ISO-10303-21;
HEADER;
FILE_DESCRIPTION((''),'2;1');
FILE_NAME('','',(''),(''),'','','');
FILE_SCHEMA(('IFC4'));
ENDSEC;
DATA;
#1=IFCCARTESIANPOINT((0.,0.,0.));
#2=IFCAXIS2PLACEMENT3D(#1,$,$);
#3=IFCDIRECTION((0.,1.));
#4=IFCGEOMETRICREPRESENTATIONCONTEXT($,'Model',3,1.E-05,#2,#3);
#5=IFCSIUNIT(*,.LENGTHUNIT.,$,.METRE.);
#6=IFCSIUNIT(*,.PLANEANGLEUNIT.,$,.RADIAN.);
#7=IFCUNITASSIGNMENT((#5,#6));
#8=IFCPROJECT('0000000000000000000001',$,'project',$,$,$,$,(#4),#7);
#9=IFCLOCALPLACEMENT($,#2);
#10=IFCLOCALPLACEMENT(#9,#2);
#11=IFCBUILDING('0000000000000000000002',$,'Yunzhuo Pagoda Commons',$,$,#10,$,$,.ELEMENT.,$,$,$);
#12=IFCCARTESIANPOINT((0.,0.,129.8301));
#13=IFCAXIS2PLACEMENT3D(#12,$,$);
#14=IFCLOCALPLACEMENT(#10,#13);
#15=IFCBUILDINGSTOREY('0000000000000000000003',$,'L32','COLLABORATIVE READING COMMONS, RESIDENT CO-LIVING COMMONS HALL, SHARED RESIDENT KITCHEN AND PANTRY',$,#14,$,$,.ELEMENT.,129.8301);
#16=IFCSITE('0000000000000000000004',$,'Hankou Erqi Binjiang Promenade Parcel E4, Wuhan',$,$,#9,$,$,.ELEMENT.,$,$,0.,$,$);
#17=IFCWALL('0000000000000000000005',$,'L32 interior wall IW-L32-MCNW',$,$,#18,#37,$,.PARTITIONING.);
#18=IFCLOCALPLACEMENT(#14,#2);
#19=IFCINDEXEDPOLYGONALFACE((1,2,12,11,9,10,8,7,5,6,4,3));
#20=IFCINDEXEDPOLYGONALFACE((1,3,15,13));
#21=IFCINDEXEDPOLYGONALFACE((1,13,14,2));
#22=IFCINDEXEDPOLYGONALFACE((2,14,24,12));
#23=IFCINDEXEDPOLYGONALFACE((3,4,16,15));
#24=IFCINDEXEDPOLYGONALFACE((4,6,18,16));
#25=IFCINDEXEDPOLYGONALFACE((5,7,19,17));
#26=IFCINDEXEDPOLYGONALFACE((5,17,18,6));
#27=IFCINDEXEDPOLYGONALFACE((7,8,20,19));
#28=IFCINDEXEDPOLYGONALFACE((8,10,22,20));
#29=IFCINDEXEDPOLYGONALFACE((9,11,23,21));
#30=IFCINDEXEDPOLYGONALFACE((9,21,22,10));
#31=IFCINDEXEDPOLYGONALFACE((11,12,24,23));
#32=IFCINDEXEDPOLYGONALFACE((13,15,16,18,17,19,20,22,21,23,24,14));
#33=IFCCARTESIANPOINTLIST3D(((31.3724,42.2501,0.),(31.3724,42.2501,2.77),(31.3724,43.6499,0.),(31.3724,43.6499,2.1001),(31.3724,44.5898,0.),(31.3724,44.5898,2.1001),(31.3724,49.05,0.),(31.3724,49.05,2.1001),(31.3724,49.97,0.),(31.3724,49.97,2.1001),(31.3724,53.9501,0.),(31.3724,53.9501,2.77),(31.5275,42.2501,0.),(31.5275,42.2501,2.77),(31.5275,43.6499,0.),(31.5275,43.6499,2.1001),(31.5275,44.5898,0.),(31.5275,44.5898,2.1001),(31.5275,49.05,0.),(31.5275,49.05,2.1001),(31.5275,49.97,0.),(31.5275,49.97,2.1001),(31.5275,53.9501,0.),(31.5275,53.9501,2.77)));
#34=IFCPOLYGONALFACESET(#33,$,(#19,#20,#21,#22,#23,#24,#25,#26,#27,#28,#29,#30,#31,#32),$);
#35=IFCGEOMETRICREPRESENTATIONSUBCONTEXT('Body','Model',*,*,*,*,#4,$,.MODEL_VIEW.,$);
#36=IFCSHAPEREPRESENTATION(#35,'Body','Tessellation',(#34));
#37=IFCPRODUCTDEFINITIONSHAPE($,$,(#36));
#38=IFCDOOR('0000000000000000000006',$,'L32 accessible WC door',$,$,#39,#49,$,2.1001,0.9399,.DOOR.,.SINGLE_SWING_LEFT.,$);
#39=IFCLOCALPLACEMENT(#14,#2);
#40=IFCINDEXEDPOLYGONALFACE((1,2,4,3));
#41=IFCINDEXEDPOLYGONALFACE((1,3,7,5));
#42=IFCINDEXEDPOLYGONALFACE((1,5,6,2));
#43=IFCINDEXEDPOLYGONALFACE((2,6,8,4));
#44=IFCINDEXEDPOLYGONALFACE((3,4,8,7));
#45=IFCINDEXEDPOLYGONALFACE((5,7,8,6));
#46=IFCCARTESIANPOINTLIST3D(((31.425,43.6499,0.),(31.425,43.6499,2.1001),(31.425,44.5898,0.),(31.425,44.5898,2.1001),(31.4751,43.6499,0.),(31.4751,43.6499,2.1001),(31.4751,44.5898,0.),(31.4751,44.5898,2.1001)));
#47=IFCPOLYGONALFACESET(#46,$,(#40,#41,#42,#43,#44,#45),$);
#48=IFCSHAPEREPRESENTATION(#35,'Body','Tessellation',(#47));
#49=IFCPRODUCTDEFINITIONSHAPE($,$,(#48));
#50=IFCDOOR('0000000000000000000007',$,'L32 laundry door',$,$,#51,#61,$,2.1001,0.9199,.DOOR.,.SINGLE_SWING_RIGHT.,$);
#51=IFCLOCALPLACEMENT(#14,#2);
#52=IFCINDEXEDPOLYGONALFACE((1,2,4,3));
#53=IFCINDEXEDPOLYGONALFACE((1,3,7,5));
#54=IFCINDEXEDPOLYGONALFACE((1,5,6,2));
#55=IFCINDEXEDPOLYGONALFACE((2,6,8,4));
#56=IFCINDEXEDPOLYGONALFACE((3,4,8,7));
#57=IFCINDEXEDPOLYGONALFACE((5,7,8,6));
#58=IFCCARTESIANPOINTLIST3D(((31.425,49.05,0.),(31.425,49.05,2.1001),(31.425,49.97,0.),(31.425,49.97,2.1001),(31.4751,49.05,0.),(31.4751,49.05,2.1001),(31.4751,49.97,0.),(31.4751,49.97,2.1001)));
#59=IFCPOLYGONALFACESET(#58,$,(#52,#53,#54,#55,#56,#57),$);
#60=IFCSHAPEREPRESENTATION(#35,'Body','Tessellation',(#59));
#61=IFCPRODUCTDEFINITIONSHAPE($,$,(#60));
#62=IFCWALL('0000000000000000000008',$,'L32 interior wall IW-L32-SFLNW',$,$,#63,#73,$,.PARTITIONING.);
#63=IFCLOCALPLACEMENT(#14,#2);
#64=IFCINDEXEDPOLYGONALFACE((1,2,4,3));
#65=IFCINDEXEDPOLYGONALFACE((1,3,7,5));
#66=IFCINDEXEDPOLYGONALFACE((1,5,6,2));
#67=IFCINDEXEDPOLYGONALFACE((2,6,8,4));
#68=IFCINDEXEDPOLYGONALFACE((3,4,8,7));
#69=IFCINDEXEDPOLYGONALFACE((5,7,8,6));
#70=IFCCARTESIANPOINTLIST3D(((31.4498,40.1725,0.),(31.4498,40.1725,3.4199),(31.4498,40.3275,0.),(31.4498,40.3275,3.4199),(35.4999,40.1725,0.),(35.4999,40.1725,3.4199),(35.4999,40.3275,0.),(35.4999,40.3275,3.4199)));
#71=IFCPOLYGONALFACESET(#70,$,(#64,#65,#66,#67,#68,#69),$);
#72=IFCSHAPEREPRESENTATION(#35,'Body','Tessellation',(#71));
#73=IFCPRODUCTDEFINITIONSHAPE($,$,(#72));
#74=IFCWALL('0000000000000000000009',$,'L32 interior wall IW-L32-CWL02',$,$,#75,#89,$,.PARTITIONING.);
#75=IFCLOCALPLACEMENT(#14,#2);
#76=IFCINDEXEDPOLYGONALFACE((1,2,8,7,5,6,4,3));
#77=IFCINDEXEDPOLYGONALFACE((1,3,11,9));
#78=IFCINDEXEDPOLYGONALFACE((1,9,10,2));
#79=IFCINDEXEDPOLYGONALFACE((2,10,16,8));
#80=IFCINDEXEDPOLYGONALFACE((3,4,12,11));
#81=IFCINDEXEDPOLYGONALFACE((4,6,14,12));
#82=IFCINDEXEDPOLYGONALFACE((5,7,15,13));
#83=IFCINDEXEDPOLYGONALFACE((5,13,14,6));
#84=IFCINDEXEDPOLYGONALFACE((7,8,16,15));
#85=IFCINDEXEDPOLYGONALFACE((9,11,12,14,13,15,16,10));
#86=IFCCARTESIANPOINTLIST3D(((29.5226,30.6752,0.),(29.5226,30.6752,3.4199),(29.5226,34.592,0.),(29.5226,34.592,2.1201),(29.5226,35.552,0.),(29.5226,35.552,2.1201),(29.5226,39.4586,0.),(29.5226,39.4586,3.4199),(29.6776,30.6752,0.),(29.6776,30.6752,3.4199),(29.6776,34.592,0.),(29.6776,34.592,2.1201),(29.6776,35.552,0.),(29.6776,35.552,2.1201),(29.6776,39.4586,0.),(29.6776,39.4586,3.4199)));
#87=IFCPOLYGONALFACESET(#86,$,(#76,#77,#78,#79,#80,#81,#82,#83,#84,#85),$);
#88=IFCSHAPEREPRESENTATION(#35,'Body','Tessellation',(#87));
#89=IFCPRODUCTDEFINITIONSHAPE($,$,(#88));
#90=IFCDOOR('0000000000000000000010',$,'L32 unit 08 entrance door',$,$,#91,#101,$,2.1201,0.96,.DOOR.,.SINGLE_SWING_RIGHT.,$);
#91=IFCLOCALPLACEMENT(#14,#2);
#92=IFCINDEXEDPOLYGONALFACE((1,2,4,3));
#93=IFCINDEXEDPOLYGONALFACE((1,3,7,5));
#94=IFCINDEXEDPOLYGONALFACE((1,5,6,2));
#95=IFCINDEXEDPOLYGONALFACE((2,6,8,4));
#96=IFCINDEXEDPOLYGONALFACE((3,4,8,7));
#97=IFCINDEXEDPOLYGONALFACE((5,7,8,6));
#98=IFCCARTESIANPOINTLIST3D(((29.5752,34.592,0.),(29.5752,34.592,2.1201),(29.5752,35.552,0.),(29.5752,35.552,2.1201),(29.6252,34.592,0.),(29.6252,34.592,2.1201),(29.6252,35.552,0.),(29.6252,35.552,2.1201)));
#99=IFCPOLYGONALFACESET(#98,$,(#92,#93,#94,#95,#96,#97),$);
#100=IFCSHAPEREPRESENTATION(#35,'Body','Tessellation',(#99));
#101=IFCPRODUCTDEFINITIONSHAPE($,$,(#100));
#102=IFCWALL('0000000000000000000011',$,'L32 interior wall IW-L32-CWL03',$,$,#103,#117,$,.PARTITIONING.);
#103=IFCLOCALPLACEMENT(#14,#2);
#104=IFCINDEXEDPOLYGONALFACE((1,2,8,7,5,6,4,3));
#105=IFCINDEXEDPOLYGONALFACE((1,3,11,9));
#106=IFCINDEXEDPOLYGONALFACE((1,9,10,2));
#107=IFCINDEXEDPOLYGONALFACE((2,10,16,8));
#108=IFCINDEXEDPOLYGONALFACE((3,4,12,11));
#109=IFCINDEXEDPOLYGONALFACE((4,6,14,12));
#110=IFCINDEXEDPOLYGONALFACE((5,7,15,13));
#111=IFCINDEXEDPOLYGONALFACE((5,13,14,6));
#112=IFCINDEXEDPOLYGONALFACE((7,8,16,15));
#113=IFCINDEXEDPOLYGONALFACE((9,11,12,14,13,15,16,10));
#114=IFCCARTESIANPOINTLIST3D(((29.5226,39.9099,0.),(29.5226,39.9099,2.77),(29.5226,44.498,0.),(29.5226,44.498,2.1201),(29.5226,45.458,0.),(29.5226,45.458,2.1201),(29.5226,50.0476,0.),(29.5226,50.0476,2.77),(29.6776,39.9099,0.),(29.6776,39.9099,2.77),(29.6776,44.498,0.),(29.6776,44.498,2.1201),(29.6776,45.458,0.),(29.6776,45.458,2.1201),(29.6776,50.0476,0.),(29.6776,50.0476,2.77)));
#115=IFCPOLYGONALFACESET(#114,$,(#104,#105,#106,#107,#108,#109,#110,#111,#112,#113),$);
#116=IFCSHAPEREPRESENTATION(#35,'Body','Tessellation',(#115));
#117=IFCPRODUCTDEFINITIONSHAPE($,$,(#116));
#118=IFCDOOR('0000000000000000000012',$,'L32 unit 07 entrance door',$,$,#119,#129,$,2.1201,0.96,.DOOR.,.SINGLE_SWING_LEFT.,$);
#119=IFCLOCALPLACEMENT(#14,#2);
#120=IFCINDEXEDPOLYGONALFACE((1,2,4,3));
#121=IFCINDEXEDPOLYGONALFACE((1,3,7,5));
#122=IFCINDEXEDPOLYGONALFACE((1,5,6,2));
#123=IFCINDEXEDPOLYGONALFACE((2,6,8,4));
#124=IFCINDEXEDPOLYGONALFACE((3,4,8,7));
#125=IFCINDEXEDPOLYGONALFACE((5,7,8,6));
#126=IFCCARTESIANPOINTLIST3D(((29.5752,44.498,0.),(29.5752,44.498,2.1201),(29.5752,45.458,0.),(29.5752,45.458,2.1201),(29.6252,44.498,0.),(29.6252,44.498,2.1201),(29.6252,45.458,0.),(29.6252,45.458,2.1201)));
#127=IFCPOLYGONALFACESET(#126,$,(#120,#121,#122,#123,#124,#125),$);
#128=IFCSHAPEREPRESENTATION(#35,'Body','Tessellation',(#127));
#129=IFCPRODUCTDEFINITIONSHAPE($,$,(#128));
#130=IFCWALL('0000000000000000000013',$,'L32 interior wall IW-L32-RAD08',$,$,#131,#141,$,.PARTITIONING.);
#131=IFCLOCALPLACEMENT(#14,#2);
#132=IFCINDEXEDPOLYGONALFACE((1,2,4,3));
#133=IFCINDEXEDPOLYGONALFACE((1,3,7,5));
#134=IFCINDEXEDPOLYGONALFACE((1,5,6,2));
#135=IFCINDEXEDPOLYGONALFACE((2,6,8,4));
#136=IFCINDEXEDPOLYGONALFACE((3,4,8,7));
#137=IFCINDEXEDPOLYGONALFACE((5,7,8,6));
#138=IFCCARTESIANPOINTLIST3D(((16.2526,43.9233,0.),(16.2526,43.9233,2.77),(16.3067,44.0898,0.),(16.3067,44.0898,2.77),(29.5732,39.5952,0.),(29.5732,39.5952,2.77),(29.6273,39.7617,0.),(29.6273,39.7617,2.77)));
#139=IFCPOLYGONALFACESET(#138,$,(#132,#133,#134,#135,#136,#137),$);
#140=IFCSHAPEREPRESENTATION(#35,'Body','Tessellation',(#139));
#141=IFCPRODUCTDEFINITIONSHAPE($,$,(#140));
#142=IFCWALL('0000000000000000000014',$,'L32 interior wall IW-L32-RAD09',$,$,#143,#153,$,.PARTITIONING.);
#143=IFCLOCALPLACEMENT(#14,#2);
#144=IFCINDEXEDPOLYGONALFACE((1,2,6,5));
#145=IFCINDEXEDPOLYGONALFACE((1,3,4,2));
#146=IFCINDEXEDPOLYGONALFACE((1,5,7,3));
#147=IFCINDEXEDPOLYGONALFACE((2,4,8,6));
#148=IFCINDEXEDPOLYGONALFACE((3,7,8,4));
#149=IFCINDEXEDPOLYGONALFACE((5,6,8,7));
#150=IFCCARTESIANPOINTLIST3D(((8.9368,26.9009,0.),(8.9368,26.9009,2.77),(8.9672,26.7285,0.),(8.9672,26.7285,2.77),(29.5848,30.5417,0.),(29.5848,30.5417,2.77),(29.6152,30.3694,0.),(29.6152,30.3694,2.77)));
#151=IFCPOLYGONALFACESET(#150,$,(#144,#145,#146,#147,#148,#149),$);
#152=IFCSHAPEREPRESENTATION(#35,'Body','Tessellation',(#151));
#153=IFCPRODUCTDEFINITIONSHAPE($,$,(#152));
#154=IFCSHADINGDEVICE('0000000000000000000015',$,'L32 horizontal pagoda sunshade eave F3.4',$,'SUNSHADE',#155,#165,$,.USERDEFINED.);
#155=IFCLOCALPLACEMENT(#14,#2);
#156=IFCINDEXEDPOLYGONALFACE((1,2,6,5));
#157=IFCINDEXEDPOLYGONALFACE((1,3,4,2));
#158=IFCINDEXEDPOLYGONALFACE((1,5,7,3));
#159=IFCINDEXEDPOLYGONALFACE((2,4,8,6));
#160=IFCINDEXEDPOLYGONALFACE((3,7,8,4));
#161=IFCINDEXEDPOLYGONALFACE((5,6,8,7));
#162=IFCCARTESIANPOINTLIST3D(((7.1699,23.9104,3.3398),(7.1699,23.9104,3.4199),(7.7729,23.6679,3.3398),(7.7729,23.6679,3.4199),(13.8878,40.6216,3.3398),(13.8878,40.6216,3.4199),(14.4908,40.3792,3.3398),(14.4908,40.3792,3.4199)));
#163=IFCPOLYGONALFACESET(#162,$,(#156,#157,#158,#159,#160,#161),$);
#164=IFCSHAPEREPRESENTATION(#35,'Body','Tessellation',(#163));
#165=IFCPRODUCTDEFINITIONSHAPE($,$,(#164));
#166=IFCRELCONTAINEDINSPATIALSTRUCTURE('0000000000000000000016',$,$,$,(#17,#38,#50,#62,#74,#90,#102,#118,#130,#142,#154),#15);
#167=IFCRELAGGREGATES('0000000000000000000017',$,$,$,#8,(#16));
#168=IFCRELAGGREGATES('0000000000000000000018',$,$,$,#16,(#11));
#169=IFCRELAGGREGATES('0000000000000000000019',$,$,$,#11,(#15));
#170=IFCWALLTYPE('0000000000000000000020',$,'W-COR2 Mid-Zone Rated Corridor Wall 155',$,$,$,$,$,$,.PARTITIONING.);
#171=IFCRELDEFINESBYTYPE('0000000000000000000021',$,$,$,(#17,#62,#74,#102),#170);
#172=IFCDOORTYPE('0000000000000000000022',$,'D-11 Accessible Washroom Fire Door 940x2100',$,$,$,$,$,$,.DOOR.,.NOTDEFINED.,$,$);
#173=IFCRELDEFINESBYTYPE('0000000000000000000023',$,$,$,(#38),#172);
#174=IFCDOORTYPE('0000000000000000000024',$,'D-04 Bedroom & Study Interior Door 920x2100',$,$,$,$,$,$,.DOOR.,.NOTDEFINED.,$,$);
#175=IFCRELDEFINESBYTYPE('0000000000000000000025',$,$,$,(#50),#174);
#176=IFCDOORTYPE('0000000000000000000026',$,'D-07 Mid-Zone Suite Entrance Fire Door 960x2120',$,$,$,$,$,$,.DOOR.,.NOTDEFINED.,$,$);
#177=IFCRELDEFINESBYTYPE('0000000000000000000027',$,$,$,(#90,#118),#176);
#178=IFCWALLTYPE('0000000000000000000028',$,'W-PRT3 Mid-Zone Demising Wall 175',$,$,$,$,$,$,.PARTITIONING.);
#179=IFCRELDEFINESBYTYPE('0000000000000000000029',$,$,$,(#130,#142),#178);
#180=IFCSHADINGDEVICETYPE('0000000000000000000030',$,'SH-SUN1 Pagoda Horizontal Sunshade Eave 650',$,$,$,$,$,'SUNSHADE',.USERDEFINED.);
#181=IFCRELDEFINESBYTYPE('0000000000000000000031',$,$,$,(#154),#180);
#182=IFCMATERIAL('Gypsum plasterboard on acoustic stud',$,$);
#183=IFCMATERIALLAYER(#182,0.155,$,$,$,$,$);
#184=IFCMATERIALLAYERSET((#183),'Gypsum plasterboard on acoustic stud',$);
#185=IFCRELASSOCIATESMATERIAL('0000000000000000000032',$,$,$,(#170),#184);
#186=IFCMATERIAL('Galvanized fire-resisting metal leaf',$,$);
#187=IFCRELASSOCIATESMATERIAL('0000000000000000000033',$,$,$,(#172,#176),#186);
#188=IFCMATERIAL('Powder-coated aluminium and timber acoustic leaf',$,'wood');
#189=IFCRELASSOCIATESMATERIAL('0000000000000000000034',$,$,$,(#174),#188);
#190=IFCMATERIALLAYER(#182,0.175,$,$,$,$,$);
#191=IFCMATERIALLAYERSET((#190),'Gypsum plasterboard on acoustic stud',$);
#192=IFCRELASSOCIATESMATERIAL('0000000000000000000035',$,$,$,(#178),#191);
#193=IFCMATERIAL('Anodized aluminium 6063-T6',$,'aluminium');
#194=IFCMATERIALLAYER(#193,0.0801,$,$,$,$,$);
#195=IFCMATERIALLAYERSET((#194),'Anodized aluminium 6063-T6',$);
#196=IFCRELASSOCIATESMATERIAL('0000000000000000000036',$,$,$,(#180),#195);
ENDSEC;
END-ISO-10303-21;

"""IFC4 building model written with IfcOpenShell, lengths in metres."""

from ifc_helpers import new_model, si_unit, direction, frame, frame_2d, origin, origin_with_axes, origin_2d, place, context, subcontext, project, spatial, rectangle, extrude, source, transform, mapped, material, layer, layer_set, type_object, element, fill, save


model = new_model("IFC4")

# Units and contexts
model_context = context("Model", 3, precision=1e-05, world=origin(), true_north=direction((0.0, 1.0)))
body_context = subcontext(model_context, "Body", "Model", "MODEL_VIEW")
ifc_project = project(units=[si_unit("LENGTHUNIT", "METRE"), si_unit("PLANEANGLEUNIT", "RADIAN")], contexts=[model_context])

# Site, building, storey
site_placement = place(None, origin())
site = spatial("IfcSite", under=ifc_project, at=site_placement, Name="Hankou Erqi Binjiang Promenade Parcel E4, Wuhan", CompositionType="ELEMENT", RefElevation=0.0)
building_placement = place(site_placement, origin())
building = spatial("IfcBuilding", under=site, at=building_placement, Name="Yunzhuo Pagoda Commons", CompositionType="ELEMENT")
storey_placement = place(building_placement, frame((0.0, 0.0, 129.8301)))
storey = spatial("IfcBuildingStorey", under=building, at=storey_placement, Name="L32", Description="COLLABORATIVE READING COMMONS, RESIDENT CO-LIVING COMMONS HALL, SHARED RESIDENT KITCHEN AND PANTRY", CompositionType="ELEMENT", Elevation=129.8301)

# Shared definitions
ifc_material_1 = material(Name="Anodized aluminium 6063-T6", Category="aluminium")

# Shared definitions
ifc_material_2 = material(Name="Gypsum plasterboard on acoustic stud")
ifc_layer_1 = layer(ifc_material_2, 0.155)
ifc_layer_set_1 = layer_set([ifc_layer_1], Name="Gypsum plasterboard on acoustic stud")
wall_type_1 = type_object("IfcWallType", Name="W-COR2 Mid-Zone Rated Corridor Wall 155", PredefinedType="PARTITIONING", material=ifc_layer_set_1)

# Wall, openings, doors
wall_1_placement = place(storey_placement, frame((31.45, 42.25, 0.0), z_axis=(0.0, 0.0, 1.0), x_axis=(0.0, 1.0, 0.0)))
wall_1 = element("IfcWall", 1, at=wall_1_placement, inside=storey, type_object=wall_type_1, Name="L32 interior wall IW-L32-MCNW", PredefinedType="PARTITIONING", context=body_context, shape_type="SweptSolid", body=[
    extrude(rectangle(XDim=11.7, YDim=0.155, at=frame_2d((5.8501, 0.0))), origin(), (0.0, 0.0, 1.0), 2.77),
])
opening_1_placement = place(wall_1_placement, frame((1.3999, 0.0, 0.0)))
opening_1 = element("IfcOpeningElement", 2, at=opening_1_placement, cuts=wall_1, PredefinedType="OPENING", context=body_context, shape_type="SweptSolid", body=[
    extrude(rectangle(XDim=0.9399, YDim=2.1001, at=frame_2d((0.47, 1.05))), frame((0.0, 0.0874, 0.0), z_axis=(0.0, -1.0, 0.0), x_axis=(1.0, 0.0, 0.0)), (0.0, 0.0, 1.0), 0.175),
])
opening_2_placement = place(wall_1_placement, frame((6.8, 0.0, 0.0)))
opening_2 = element("IfcOpeningElement", 3, at=opening_2_placement, cuts=wall_1, PredefinedType="OPENING", context=body_context, shape_type="SweptSolid", body=[
    extrude(rectangle(XDim=0.9199, YDim=2.1001, at=frame_2d((0.46, 1.05))), frame((0.0, 0.0874, 0.0), z_axis=(0.0, -1.0, 0.0), x_axis=(1.0, 0.0, 0.0)), (0.0, 0.0, 1.0), 0.175),
])
ifc_material_3 = material(Name="Galvanized fire-resisting metal leaf")
door_type_1 = type_object("IfcDoorType", Name="D-11 Accessible Washroom Fire Door 940x2100", OperationType="NOTDEFINED", PredefinedType="DOOR", material=ifc_material_3)
shared_shape_1 = source(origin(), body_context, "Body", "SweptSolid", [
    extrude(rectangle(XDim=0.9399, YDim=2.1001, at=frame_2d((0.47, 1.05))), frame((0.0, 0.0249, 0.0), z_axis=(0.0, -1.0, 0.0), x_axis=(1.0, 0.0, 0.0)), (0.0, 0.0, 1.0), 0.05),
])
door_1_placement = place(opening_1_placement, origin_with_axes())
door_1 = element("IfcDoor", 4, at=door_1_placement, inside=storey, type_object=door_type_1, Name="L32 accessible WC door", OperationType="SINGLE_SWING_LEFT", OverallHeight=2.1001, OverallWidth=0.9399, PredefinedType="DOOR", context=body_context, shape_type="MappedRepresentation", body=[
    mapped(shared_shape_1, transform((0.0, 0.0, 0.0), scale=1.0)),
])
fill(opening_1, door_1)
ifc_material_4 = material(Name="Powder-coated aluminium and timber acoustic leaf", Category="wood")
door_type_2 = type_object("IfcDoorType", Name="D-04 Bedroom & Study Interior Door 920x2100", OperationType="NOTDEFINED", PredefinedType="DOOR", material=ifc_material_4)
shared_shape_2 = source(origin(), body_context, "Body", "SweptSolid", [
    extrude(rectangle(XDim=0.9199, YDim=2.1001, at=frame_2d((0.46, 1.05))), frame((0.0, 0.0249, 0.0), z_axis=(0.0, -1.0, 0.0), x_axis=(1.0, 0.0, 0.0)), (0.0, 0.0, 1.0), 0.05),
])
door_2_placement = place(opening_2_placement, origin_with_axes())
door_2 = element("IfcDoor", 5, at=door_2_placement, inside=storey, type_object=door_type_2, Name="L32 laundry door", OperationType="SINGLE_SWING_RIGHT", OverallHeight=2.1001, OverallWidth=0.9199, PredefinedType="DOOR", context=body_context, shape_type="MappedRepresentation", body=[
    mapped(shared_shape_2, transform((0.0, 0.0, 0.0), scale=1.0)),
])
fill(opening_2, door_2)

# Wall
wall_2_placement = place(storey_placement, frame((31.45, 40.25, 0.0), z_axis=(0.0, 0.0, 1.0), x_axis=(1.0, 0.0, 0.0)))
element("IfcWall", 6, at=wall_2_placement, inside=storey, type_object=wall_type_1, Name="L32 interior wall IW-L32-SFLNW", PredefinedType="PARTITIONING", context=body_context, shape_type="SweptSolid", body=[
    extrude(rectangle(XDim=4.05, YDim=0.155, at=frame_2d((2.0249, 0.0))), origin(), (0.0, 0.0, 1.0), 3.4199),
])

# Walls, openings, doors
wall_3_placement = place(storey_placement, frame((29.6001, 30.6753, 0.0), z_axis=(0.0, 0.0, 1.0), x_axis=(0.0, 1.0, 0.0)))
wall_3 = element("IfcWall", 7, at=wall_3_placement, inside=storey, type_object=wall_type_1, Name="L32 interior wall IW-L32-CWL02", PredefinedType="PARTITIONING", context=body_context, shape_type="SweptSolid", body=[
    extrude(rectangle(XDim=8.7834, YDim=0.155, at=frame_2d((4.3916, 0.0))), origin(), (0.0, 0.0, 1.0), 3.4199),
])
opening_3_placement = place(wall_3_placement, frame((3.9167, 0.0, 0.0)))
opening_3 = element("IfcOpeningElement", 8, at=opening_3_placement, cuts=wall_3, PredefinedType="OPENING", context=body_context, shape_type="SweptSolid", body=[
    extrude(rectangle(XDim=0.96, YDim=2.1201, at=frame_2d((0.48, 1.0601))), frame((0.0, 0.0874, 0.0), z_axis=(0.0, -1.0, 0.0), x_axis=(1.0, 0.0, 0.0)), (0.0, 0.0, 1.0), 0.175),
])
door_type_3 = type_object("IfcDoorType", Name="D-07 Mid-Zone Suite Entrance Fire Door 960x2120", OperationType="NOTDEFINED", PredefinedType="DOOR", material=ifc_material_3)
shared_shape_3 = source(origin(), body_context, "Body", "SweptSolid", [
    extrude(rectangle(XDim=0.96, YDim=2.1201, at=frame_2d((0.48, 1.0601))), frame((0.0, 0.0249, 0.0), z_axis=(0.0, -1.0, 0.0), x_axis=(1.0, 0.0, 0.0)), (0.0, 0.0, 1.0), 0.05),
])
door_3_placement = place(opening_3_placement, origin_with_axes())
door_3 = element("IfcDoor", 9, at=door_3_placement, inside=storey, type_object=door_type_3, Name="L32 unit 08 entrance door", OperationType="SINGLE_SWING_RIGHT", OverallHeight=2.1201, OverallWidth=0.96, PredefinedType="DOOR", context=body_context, shape_type="MappedRepresentation", body=[
    mapped(shared_shape_3, transform((0.0, 0.0, 0.0), scale=1.0)),
])
fill(opening_3, door_3)
wall_4_placement = place(storey_placement, frame((29.6001, 39.9099, 0.0), z_axis=(0.0, 0.0, 1.0), x_axis=(0.0, 1.0, 0.0)))
wall_4 = element("IfcWall", 10, at=wall_4_placement, inside=storey, type_object=wall_type_1, Name="L32 interior wall IW-L32-CWL03", PredefinedType="PARTITIONING", context=body_context, shape_type="SweptSolid", body=[
    extrude(rectangle(XDim=10.1377, YDim=0.155, at=frame_2d((5.0688, 0.0))), origin(), (0.0, 0.0, 1.0), 2.77),
])
opening_4_placement = place(wall_4_placement, frame((4.5881, 0.0, 0.0)))
opening_4 = element("IfcOpeningElement", 11, at=opening_4_placement, cuts=wall_4, PredefinedType="OPENING", context=body_context, shape_type="SweptSolid", body=[
    extrude(rectangle(XDim=0.96, YDim=2.1201, at=frame_2d((0.48, 1.0601))), frame((0.0, 0.0874, 0.0), z_axis=(0.0, -1.0, 0.0), x_axis=(1.0, 0.0, 0.0)), (0.0, 0.0, 1.0), 0.175),
])
door_4_placement = place(opening_4_placement, origin_with_axes())
door_4 = element("IfcDoor", 12, at=door_4_placement, inside=storey, type_object=door_type_3, Name="L32 unit 07 entrance door", OperationType="SINGLE_SWING_LEFT", OverallHeight=2.1201, OverallWidth=0.96, PredefinedType="DOOR", context=body_context, shape_type="MappedRepresentation", body=[
    mapped(shared_shape_3, transform((0.0, 0.0, 0.0), scale=1.0)),
])
fill(opening_4, door_4)

# Walls
ifc_layer_2 = layer(ifc_material_2, 0.175)
ifc_layer_set_2 = layer_set([ifc_layer_2], Name="Gypsum plasterboard on acoustic stud")
wall_type_2 = type_object("IfcWallType", Name="W-PRT3 Mid-Zone Demising Wall 175", PredefinedType="PARTITIONING", material=ifc_layer_set_2)
wall_5_placement = place(storey_placement, frame((29.6001, 39.6785, 0.0), z_axis=(0.0, 0.0, 1.0), x_axis=(-0.951056, 0.309018, 0.0)))
element("IfcWall", 13, at=wall_5_placement, inside=storey, type_object=wall_type_2, Name="L32 interior wall IW-L32-RAD08", PredefinedType="PARTITIONING", context=body_context, shape_type="SweptSolid", body=[
    extrude(rectangle(XDim=14.0061, YDim=0.175, at=frame_2d((7.0029, 0.0))), origin(), (0.0, 0.0, 1.0), 2.77),
])
wall_6_placement = place(storey_placement, frame((29.6001, 30.4556, 0.0), z_axis=(0.0, 0.0, 1.0), x_axis=(-0.984807, -0.173652, 0.0)))
element("IfcWall", 14, at=wall_6_placement, inside=storey, type_object=wall_type_2, Name="L32 interior wall IW-L32-RAD09", PredefinedType="PARTITIONING", context=body_context, shape_type="SweptSolid", body=[
    extrude(rectangle(XDim=20.9666, YDim=0.175, at=frame_2d((10.4834, 0.0))), origin(), (0.0, 0.0, 1.0), 2.77),
])

# Shading device
ifc_layer_3 = layer(ifc_material_1, 0.0801)
ifc_layer_set_3 = layer_set([ifc_layer_3], Name="Anodized aluminium 6063-T6")
shading_device_type = type_object("IfcShadingDeviceType", Name="SH-SUN1 Pagoda Horizontal Sunshade Eave 650", ElementType="SUNSHADE", PredefinedType="USERDEFINED", material=ifc_layer_set_3)
shared_shape_4 = source(origin(), body_context, "Body", "SweptSolid", [
    extrude(rectangle(XDim=18.011, YDim=0.6499, at=origin_2d()), origin(), (0.0, 0.0, 1.0), 0.0801),
])
shading_device_placement = place(storey_placement, frame((10.8303, 32.1448, 3.3398), z_axis=(0.0, 0.0, 1.0), x_axis=(-0.372988, -0.927836, 0.0)))
element("IfcShadingDevice", 15, at=shading_device_placement, inside=storey, type_object=shading_device_type, Name="L32 horizontal pagoda sunshade eave F3.4", ObjectType="SUNSHADE", PredefinedType="USERDEFINED", context=body_context, shape_type="MappedRepresentation", body=[
    mapped(shared_shape_4, transform((0.0, 0.0, 0.0), scale=1.0)),
])

save(model, "model.ifc")
